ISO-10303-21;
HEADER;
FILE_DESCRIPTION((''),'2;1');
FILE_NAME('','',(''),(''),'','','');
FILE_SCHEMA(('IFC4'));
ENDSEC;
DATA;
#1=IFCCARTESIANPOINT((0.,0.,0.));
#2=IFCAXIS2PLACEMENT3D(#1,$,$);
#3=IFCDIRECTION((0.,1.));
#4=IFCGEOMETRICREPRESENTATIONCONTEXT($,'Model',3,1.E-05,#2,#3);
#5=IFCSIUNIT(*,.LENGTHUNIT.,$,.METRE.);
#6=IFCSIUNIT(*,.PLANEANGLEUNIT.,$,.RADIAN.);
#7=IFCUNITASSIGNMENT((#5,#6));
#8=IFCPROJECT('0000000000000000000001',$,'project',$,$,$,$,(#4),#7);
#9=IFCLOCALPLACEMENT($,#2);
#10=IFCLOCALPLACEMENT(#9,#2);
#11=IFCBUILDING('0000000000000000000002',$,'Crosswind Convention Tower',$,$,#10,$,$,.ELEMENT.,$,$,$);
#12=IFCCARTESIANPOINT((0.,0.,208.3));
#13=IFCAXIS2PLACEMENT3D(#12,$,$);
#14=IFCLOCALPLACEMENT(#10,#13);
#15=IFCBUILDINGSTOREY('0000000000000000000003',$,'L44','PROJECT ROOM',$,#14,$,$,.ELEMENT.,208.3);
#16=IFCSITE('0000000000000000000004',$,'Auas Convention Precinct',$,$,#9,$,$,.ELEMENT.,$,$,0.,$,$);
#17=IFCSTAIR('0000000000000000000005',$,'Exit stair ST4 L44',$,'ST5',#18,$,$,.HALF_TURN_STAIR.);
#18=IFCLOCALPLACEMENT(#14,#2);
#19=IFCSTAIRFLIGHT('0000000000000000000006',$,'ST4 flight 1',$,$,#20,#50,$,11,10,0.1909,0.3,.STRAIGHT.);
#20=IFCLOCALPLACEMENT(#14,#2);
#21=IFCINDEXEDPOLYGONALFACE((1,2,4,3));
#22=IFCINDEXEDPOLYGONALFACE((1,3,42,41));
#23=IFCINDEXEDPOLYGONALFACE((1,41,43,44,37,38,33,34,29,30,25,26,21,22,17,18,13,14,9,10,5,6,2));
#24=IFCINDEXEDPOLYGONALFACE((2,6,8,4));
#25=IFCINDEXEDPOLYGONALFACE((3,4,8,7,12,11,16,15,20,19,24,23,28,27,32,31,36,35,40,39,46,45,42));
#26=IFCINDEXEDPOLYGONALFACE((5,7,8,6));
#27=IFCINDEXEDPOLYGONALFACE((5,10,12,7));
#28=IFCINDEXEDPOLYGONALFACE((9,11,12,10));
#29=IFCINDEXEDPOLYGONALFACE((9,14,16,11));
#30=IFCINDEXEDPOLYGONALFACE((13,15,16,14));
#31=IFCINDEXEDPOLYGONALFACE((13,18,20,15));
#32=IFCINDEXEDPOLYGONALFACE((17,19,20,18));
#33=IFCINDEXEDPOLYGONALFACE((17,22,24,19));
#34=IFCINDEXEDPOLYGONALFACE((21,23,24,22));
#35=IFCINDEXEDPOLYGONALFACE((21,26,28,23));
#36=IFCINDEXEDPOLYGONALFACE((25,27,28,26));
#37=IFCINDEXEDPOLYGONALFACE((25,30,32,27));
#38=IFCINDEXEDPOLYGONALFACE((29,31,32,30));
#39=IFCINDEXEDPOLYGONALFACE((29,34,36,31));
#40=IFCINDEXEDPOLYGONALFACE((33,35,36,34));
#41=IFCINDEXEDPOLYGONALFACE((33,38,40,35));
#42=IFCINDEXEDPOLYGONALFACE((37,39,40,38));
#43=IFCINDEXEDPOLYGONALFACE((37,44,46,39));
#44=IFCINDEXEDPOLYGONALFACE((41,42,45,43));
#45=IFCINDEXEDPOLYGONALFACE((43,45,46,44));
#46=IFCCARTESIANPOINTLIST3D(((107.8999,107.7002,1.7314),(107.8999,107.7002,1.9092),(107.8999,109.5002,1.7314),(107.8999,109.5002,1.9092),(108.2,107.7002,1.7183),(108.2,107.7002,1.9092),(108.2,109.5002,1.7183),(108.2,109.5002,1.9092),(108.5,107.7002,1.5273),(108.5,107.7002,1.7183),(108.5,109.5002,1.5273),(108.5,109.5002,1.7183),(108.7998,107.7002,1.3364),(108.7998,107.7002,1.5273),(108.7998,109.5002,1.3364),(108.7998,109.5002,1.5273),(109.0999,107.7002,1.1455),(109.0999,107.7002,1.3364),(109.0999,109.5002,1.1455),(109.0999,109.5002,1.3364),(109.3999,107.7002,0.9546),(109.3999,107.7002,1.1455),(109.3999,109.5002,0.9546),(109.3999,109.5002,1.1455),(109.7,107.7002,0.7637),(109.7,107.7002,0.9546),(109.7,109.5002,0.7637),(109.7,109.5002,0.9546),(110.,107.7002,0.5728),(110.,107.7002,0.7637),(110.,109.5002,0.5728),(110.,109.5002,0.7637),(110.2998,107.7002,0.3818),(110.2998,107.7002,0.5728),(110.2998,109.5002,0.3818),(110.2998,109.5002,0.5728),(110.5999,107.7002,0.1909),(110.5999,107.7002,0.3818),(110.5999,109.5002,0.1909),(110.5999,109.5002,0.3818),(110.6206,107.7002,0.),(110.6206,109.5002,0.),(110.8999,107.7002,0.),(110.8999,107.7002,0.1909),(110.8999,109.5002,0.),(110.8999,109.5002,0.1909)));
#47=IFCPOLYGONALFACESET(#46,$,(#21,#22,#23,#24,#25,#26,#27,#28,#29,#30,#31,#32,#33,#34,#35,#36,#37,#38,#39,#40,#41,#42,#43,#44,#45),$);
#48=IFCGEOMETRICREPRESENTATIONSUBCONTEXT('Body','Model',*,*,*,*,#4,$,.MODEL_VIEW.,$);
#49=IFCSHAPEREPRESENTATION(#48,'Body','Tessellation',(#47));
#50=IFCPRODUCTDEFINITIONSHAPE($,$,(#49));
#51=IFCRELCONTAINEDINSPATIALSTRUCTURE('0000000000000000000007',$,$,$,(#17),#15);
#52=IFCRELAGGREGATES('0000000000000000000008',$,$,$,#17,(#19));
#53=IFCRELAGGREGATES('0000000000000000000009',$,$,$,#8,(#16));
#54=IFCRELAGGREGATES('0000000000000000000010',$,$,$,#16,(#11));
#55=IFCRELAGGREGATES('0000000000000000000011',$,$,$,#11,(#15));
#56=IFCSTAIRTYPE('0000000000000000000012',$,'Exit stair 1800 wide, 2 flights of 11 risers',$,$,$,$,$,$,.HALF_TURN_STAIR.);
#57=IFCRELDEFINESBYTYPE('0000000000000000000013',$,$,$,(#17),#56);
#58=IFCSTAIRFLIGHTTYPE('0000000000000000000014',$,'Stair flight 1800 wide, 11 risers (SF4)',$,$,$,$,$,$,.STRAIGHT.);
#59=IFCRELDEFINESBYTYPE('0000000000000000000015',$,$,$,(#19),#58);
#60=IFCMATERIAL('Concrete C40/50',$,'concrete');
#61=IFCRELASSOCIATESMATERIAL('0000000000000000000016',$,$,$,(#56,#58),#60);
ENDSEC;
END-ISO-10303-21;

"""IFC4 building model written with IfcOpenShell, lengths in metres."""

from ifc_helpers import new_model, si_unit, direction, frame, origin, place, context, subcontext, project, spatial, polyline, outline, extrude, material, type_object, element, aggregate, save


model = new_model("IFC4")

# Units and contexts
model_context = context("Model", 3, precision=1e-05, world=origin(), true_north=direction((0.0, 1.0)))
body_context = subcontext(model_context, "Body", "Model", "MODEL_VIEW")
ifc_project = project(units=[si_unit("LENGTHUNIT", "METRE"), si_unit("PLANEANGLEUNIT", "RADIAN")], contexts=[model_context])

# Site, building, storey
site_placement = place(None, origin())
site = spatial("IfcSite", under=ifc_project, at=site_placement, Name="Auas Convention Precinct", CompositionType="ELEMENT", RefElevation=0.0)
building_placement = place(site_placement, origin())
building = spatial("IfcBuilding", under=site, at=building_placement, Name="Crosswind Convention Tower", CompositionType="ELEMENT")
storey_placement = place(building_placement, frame((0.0, 0.0, 208.3)))
storey = spatial("IfcBuildingStorey", under=building, at=storey_placement, Name="L44", Description="PROJECT ROOM", CompositionType="ELEMENT", Elevation=208.3)

# Stair, stair flight
ifc_material_1 = material(Name="Concrete C40/50", Category="concrete")
stair_type = type_object("IfcStairType", Name="Exit stair 1800 wide, 2 flights of 11 risers", PredefinedType="HALF_TURN_STAIR", material=ifc_material_1)
stair_placement = place(storey_placement, origin())
stair = element("IfcStair", 1, at=stair_placement, inside=storey, type_object=stair_type, Name="Exit stair ST4 L44", ObjectType="ST5", PredefinedType="HALF_TURN_STAIR")
stair_flight_type = type_object("IfcStairFlightType", Name="Stair flight 1800 wide, 11 risers (SF4)", PredefinedType="STRAIGHT", material=ifc_material_1)
stair_flight_placement = place(storey_placement, frame((110.8999, 108.6001, 0.0), z_axis=(0.0, 0.0, 1.0), x_axis=(-1.0, 0.0, 0.0)))
stair_flight = element("IfcStairFlight", 2, at=stair_flight_placement, type_object=stair_flight_type, Name="ST4 flight 1", NumberOfRisers=11, NumberOfTreads=10, PredefinedType="STRAIGHT", RiserHeight=0.1909, TreadLength=0.3, context=body_context, shape_type="SweptSolid", body=[
    extrude(outline(polyline([(0.0, 0.0), (0.0, 0.1909), (0.3, 0.1909), (0.3, 0.3818), (0.6001, 0.3818), (0.6001, 0.5728), (0.8999, 0.5728), (0.8999, 0.7637), (1.2, 0.7637), (1.2, 0.9546), (1.5, 0.9546), (1.5, 1.1455), (1.8, 1.1455), (1.8, 1.3364), (2.1001, 1.3364), (2.1001, 1.5273), (2.3999, 1.5273), (2.3999, 1.7183), (2.7, 1.7183), (2.7, 1.9092), (3.0, 1.9092), (3.0, 2.1001), (3.0, 1.7314), (0.2793, 0.0), (0.0, 0.0)])), frame((0.0, 0.8999, 0.0), z_axis=(0.0, -1.0, 0.0), x_axis=(1.0, 0.0, 0.0)), (0.0, 0.0, 1.0), 1.8),
])
aggregate(stair, [stair_flight])

save(model, "model.ifc")
